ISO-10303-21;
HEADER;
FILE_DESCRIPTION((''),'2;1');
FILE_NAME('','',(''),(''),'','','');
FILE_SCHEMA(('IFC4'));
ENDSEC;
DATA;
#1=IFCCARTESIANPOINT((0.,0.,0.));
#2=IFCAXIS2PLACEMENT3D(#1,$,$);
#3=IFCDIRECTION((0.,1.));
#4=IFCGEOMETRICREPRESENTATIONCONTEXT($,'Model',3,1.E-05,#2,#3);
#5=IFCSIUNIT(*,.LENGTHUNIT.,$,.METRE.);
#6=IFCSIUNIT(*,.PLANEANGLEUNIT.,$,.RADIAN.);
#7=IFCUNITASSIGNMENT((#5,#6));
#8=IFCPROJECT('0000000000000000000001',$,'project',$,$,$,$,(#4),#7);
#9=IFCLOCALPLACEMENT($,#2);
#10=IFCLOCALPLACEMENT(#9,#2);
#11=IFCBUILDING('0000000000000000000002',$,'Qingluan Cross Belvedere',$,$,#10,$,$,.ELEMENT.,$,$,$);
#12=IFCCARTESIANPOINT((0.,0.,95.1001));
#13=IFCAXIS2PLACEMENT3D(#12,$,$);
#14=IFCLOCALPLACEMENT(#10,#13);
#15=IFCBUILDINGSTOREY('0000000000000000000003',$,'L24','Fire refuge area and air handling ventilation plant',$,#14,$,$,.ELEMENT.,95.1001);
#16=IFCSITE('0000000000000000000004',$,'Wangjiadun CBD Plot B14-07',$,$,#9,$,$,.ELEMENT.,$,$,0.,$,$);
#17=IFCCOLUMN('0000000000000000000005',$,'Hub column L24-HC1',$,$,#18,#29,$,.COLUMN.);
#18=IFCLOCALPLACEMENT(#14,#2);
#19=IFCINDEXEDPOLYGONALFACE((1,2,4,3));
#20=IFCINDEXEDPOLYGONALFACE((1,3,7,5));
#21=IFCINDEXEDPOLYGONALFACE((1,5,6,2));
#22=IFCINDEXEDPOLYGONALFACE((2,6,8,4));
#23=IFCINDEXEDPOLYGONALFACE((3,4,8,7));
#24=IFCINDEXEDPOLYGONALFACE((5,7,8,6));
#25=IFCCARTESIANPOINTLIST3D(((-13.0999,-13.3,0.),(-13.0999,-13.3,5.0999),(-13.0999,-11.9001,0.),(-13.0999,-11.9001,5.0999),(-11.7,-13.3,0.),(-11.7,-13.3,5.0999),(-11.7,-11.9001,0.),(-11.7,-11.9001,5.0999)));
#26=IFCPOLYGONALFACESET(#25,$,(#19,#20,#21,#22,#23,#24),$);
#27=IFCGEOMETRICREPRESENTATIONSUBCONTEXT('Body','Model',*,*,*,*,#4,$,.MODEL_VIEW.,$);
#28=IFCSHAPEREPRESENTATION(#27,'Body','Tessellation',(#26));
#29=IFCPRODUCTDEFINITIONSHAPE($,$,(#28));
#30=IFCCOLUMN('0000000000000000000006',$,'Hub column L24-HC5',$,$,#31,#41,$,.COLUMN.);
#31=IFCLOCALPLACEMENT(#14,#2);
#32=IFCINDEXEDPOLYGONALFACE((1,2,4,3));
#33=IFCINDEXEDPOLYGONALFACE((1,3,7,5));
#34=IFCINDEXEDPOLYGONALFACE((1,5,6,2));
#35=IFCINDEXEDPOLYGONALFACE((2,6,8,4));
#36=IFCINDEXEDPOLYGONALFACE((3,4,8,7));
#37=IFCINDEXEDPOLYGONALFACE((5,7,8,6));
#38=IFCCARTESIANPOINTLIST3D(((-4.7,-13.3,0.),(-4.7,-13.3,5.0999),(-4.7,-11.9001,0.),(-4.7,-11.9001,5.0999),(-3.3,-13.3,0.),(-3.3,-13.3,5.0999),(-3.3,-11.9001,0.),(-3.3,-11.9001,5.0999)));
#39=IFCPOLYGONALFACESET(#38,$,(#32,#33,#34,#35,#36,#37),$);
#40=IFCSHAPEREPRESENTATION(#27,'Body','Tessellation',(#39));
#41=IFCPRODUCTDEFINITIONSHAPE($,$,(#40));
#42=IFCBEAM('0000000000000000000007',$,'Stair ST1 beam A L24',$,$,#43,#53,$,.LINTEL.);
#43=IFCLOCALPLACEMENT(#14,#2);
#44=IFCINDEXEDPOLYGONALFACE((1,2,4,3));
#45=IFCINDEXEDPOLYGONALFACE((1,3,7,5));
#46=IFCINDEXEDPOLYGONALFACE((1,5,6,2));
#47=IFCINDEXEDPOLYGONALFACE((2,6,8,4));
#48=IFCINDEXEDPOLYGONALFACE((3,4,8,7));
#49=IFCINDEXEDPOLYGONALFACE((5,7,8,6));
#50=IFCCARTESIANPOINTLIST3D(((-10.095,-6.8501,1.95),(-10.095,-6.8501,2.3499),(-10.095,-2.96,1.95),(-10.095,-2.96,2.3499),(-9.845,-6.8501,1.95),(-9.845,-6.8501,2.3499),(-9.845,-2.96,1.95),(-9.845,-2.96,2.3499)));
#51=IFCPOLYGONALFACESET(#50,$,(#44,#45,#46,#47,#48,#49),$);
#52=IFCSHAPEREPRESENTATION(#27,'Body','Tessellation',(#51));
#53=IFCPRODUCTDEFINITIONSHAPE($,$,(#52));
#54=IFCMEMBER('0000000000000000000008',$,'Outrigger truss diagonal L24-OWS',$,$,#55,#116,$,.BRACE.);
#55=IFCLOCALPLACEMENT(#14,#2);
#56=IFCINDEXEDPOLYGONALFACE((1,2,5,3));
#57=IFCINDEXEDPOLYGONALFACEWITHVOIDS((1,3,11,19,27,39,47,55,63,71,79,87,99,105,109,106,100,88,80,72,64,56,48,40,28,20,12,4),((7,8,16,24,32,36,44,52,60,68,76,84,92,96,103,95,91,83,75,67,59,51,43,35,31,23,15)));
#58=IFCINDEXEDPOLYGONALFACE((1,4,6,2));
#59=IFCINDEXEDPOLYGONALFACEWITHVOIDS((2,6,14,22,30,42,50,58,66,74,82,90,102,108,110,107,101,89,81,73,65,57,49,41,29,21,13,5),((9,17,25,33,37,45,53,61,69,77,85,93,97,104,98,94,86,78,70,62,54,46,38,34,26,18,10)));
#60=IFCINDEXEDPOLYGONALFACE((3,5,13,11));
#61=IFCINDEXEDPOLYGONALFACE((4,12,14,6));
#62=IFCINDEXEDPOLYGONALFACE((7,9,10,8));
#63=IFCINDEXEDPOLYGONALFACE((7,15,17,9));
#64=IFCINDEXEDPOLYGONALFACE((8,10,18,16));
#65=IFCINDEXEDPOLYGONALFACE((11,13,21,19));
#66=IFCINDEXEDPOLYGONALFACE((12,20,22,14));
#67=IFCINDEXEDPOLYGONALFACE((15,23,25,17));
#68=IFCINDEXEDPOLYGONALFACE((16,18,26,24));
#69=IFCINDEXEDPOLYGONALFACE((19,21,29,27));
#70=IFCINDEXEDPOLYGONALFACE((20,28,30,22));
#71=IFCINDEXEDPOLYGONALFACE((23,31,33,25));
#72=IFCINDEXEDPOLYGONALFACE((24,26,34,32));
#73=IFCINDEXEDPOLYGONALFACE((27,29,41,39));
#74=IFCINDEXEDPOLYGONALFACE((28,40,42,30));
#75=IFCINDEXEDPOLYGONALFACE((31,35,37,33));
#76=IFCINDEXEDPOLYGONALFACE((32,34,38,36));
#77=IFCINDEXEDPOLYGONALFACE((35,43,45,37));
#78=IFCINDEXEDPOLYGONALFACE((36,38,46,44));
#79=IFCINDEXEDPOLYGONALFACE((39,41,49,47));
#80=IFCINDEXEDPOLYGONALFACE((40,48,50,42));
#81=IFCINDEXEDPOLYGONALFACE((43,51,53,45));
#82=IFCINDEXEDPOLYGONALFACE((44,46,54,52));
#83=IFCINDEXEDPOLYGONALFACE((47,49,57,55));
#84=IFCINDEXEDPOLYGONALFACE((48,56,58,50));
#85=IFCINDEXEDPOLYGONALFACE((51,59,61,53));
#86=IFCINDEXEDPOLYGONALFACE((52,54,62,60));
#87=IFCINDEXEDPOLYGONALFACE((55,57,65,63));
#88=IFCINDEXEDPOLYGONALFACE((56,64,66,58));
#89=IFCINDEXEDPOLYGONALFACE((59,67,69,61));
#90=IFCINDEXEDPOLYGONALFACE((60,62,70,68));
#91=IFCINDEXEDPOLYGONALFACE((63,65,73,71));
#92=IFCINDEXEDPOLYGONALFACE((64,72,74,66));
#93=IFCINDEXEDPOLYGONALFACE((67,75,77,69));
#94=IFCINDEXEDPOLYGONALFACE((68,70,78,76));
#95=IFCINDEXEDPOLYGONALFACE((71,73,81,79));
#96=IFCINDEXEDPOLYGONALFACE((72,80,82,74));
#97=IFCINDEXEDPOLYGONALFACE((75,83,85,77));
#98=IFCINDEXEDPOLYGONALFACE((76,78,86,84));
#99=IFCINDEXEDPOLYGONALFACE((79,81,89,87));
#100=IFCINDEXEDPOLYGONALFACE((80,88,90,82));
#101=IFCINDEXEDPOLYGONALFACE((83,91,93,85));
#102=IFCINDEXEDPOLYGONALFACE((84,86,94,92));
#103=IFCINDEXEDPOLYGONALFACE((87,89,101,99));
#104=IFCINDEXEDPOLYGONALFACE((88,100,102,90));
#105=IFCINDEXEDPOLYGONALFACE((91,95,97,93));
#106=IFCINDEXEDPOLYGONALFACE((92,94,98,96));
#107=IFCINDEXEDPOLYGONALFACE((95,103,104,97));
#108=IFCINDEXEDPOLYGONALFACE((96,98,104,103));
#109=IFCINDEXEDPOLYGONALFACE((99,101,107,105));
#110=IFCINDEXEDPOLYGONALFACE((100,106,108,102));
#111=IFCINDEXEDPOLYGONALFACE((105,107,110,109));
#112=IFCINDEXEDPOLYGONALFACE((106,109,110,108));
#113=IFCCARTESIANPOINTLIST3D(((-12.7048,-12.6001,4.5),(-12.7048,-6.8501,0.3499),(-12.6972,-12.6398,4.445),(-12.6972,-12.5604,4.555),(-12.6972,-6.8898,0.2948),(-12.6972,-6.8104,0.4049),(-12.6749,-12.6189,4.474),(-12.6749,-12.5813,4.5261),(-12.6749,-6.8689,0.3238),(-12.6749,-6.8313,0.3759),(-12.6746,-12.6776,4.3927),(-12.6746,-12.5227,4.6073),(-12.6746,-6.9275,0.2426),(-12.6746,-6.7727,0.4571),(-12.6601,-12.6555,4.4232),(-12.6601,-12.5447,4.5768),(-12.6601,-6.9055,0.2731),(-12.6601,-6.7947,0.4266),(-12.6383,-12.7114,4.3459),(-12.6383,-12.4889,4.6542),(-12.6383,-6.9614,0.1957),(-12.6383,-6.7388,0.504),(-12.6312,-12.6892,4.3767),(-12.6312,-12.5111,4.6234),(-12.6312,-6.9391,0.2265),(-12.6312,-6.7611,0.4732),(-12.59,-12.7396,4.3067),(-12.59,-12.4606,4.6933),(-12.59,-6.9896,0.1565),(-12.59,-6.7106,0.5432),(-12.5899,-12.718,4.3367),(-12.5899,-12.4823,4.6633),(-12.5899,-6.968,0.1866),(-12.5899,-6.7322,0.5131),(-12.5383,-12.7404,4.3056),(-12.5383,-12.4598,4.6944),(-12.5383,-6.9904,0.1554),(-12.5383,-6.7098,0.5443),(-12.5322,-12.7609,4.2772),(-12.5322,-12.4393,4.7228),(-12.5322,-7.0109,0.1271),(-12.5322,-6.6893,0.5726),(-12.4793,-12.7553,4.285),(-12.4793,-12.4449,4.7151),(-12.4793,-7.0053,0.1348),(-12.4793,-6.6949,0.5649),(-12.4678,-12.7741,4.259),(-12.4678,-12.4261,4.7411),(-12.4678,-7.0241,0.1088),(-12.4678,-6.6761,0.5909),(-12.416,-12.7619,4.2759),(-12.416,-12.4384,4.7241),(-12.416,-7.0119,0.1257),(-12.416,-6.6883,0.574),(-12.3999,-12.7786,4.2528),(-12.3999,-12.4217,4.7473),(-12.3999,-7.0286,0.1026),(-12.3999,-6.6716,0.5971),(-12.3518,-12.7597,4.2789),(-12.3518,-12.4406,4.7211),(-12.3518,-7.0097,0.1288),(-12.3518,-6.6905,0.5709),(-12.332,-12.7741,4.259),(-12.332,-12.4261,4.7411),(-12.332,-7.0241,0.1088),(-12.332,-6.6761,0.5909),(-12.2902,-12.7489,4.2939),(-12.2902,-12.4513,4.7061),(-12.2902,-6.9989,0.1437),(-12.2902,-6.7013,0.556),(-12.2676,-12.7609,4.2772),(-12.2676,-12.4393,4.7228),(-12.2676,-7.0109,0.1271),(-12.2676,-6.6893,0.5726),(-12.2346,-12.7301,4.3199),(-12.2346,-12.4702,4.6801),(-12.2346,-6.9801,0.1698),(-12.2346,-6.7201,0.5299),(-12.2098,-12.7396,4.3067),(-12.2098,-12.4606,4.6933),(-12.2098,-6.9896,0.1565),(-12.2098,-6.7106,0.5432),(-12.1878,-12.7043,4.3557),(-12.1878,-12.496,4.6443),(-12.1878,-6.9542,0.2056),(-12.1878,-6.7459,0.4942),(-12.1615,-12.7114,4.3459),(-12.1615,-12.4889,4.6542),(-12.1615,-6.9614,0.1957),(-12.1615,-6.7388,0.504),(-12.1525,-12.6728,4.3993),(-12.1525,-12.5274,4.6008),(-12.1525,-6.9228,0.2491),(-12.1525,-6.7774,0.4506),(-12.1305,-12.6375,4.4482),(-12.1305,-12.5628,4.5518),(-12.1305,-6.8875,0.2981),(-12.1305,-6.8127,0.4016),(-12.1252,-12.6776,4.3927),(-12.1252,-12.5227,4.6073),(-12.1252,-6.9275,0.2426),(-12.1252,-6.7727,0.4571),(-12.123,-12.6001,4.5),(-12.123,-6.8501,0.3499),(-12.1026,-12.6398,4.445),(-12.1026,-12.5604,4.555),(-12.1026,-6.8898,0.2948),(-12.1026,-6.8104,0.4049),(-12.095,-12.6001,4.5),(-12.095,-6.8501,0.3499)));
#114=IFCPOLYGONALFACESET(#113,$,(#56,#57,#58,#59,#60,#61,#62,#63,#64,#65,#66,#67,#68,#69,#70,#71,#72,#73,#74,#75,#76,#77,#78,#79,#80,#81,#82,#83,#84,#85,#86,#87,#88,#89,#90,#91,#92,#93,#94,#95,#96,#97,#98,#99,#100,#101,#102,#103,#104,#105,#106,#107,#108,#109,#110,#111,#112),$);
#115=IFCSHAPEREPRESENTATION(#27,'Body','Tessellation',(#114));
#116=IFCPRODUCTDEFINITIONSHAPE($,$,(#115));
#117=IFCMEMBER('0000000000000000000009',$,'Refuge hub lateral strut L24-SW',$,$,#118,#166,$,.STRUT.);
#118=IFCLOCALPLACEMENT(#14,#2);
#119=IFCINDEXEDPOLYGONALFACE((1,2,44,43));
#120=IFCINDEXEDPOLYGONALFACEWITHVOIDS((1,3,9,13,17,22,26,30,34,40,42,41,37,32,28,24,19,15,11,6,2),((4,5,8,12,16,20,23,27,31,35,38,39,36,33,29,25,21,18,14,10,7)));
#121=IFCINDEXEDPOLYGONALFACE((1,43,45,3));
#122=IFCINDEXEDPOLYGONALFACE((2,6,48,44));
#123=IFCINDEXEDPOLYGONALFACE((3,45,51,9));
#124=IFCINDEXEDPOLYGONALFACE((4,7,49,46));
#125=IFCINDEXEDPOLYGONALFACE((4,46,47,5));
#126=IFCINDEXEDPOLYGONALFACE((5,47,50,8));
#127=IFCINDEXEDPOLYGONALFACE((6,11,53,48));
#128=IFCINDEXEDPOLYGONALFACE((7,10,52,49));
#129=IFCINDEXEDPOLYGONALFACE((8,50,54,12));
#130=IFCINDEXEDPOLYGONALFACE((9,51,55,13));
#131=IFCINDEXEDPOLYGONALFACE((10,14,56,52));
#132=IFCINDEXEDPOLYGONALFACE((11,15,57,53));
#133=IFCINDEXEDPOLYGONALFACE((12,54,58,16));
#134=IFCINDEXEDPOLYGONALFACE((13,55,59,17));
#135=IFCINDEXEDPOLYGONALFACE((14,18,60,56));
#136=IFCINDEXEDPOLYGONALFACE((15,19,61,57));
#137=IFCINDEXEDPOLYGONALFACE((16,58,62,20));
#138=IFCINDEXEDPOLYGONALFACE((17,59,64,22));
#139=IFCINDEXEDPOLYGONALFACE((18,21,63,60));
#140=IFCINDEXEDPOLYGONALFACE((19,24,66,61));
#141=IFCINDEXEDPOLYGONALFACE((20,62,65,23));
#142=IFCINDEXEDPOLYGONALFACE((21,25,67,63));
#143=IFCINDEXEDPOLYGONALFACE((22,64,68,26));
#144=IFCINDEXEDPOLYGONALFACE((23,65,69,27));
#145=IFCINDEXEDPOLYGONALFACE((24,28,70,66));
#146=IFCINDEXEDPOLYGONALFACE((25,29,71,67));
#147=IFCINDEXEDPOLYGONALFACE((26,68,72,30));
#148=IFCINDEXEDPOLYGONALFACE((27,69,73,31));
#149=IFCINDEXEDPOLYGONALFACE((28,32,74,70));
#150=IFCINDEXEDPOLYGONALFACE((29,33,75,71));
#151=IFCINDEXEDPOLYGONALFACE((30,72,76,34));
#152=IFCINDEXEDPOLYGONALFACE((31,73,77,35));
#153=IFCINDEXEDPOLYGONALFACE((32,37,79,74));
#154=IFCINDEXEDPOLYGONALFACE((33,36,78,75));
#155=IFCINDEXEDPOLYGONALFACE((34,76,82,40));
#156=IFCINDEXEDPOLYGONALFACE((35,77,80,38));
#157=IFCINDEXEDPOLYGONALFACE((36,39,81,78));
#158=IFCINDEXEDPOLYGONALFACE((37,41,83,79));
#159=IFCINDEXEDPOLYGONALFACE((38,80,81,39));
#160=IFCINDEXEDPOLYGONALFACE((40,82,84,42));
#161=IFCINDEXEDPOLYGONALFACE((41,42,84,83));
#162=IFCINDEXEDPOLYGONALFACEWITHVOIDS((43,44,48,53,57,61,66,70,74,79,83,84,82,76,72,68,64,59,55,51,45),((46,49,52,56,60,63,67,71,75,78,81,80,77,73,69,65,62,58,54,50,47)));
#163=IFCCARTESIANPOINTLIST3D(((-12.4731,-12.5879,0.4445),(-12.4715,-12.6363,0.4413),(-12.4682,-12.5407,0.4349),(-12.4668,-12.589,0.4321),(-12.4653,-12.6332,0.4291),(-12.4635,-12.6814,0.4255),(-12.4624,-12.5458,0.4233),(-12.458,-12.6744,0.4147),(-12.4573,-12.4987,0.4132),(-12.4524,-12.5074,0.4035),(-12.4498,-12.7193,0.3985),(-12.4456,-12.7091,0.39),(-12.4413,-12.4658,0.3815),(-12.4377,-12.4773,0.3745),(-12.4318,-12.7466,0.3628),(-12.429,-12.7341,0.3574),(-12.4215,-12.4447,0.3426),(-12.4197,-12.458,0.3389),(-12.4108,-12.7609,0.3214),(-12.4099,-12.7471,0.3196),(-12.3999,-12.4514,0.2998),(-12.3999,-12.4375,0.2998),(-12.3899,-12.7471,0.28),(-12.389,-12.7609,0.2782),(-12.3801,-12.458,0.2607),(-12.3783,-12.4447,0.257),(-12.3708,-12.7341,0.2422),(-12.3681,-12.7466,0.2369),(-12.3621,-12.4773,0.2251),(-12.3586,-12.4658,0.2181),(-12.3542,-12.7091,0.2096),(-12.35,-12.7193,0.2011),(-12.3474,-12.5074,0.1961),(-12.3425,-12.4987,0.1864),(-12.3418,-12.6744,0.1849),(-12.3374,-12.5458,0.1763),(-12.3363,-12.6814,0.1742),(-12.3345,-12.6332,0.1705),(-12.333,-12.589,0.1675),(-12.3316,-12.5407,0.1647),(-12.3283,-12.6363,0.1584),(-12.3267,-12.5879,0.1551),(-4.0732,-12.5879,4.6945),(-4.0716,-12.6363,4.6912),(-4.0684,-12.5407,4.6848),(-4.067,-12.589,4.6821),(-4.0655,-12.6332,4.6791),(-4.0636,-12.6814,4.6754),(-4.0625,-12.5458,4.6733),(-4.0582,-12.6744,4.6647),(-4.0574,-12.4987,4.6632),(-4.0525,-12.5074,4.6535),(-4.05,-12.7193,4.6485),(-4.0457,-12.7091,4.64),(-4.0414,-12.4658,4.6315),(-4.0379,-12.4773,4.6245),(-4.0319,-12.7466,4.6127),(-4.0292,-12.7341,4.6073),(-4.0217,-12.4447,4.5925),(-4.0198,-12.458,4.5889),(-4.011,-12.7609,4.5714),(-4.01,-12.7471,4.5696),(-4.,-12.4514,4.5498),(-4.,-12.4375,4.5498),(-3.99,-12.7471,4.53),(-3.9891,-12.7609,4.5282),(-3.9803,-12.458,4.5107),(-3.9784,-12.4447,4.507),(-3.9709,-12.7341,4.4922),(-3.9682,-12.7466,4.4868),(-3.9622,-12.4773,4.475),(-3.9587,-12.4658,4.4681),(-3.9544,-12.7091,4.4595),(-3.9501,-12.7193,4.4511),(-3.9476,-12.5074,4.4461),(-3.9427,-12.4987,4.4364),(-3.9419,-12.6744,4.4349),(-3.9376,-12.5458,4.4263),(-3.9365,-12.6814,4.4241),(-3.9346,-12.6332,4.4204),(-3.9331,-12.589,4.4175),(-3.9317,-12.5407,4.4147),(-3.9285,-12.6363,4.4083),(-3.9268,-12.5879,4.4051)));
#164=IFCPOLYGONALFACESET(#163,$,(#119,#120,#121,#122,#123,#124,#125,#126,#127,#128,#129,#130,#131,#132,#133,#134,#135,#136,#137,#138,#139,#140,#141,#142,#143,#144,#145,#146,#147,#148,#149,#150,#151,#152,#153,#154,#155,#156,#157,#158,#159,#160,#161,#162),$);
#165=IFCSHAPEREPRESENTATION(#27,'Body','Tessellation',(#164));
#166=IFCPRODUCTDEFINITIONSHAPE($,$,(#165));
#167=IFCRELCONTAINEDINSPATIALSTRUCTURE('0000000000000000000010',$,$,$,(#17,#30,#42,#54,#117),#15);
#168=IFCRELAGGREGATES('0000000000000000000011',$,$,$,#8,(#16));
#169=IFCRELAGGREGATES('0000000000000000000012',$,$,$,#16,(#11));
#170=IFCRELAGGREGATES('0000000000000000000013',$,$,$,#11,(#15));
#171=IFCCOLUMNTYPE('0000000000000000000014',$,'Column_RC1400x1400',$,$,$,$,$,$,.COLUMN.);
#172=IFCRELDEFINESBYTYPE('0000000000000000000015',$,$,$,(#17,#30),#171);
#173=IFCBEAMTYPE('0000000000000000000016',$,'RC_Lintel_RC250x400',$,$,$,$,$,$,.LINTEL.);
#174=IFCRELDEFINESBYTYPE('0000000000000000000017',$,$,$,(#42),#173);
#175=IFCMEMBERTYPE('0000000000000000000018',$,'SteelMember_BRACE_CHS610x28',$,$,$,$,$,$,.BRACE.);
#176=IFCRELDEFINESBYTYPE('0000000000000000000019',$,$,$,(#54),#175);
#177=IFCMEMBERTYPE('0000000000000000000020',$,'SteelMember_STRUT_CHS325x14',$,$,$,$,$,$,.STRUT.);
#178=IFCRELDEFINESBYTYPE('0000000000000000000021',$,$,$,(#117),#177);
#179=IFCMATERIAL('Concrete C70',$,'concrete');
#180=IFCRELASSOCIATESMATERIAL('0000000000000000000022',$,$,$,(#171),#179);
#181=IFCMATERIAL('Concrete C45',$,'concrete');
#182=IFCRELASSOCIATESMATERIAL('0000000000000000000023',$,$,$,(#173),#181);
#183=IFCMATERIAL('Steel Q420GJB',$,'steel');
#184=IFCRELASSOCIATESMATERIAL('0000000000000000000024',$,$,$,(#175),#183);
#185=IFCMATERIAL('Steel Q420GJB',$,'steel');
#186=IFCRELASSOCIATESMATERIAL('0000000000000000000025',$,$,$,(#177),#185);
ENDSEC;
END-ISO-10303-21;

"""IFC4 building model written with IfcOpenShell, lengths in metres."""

from ifc_helpers import new_model, si_unit, direction, frame, origin, origin_2d, place, context, subcontext, project, spatial, rectangle, hollow_circle, extrude, material, material_profile, profile_set, type_object, element, save


model = new_model("IFC4")

# Units and contexts
model_context = context("Model", 3, precision=1e-05, world=origin(), true_north=direction((0.0, 1.0)))
body_context = subcontext(model_context, "Body", "Model", "MODEL_VIEW")
ifc_project = project(units=[si_unit("LENGTHUNIT", "METRE"), si_unit("PLANEANGLEUNIT", "RADIAN")], contexts=[model_context])

# Site, building, storey
site_placement = place(None, origin())
site = spatial("IfcSite", under=ifc_project, at=site_placement, Name="Wangjiadun CBD Plot B14-07", CompositionType="ELEMENT", RefElevation=0.0)
building_placement = place(site_placement, origin())
building = spatial("IfcBuilding", under=site, at=building_placement, Name="Qingluan Cross Belvedere", CompositionType="ELEMENT")
storey_placement = place(building_placement, frame((0.0, 0.0, 95.1001)))
storey = spatial("IfcBuildingStorey", under=building, at=storey_placement, Name="L24", Description="Fire refuge area and air handling ventilation plant", CompositionType="ELEMENT", Elevation=95.1001)

# Columns
ifc_material_1 = material(Name="Concrete C70", Category="concrete")
ifc_material_profile_1 = material_profile(ifc_material_1, rectangle(XDim=1.3999, YDim=1.3999, at=origin_2d()), Name="RC1400x1400")
ifc_profile_set_1 = profile_set([ifc_material_profile_1], Name="Concrete C70")
column_type = type_object("IfcColumnType", Name="Column_RC1400x1400", PredefinedType="COLUMN", material=ifc_profile_set_1)
for number, where, z_axis, x_axis, name in (
    (1, (-12.3999, -12.6001, 0.0), (0.0, 0.0, 1.0), (1.0, 0.0, 0.0), "Hub column L24-HC1"),
    (2, (-4.0, -12.6001, 0.0), (0.0, 0.0, 1.0), (1.0, 0.0, 0.0), "Hub column L24-HC5"),
):
    element("IfcColumn", number, at=place(storey_placement, frame(where, z_axis=z_axis, x_axis=x_axis)), inside=storey, type_object=column_type, Name=name, PredefinedType="COLUMN", context=body_context, shape_type="SweptSolid", body=[
        extrude(rectangle(XDim=1.3999, YDim=1.3999, at=origin_2d()), origin(), (0.0, 0.0, 1.0), 5.0999),
    ])

# Beam
ifc_material_2 = material(Name="Concrete C45", Category="concrete")
ifc_material_profile_2 = material_profile(ifc_material_2, rectangle(XDim=0.25, YDim=0.3999, at=origin_2d()), Name="RC250x400")
ifc_profile_set_2 = profile_set([ifc_material_profile_2], Name="Concrete C45")
beam_type_1 = type_object("IfcBeamType", Name="RC_Lintel_RC250x400", PredefinedType="LINTEL", material=ifc_profile_set_2)
beam_1_placement = place(storey_placement, frame((-9.97, -6.8501, 2.1499), z_axis=(0.0, 1.0, 0.0), x_axis=(-1.0, 0.0, 0.0)))
element("IfcBeam", 3, at=beam_1_placement, inside=storey, type_object=beam_type_1, Name="Stair ST1 beam A L24", PredefinedType="LINTEL", context=body_context, shape_type="SweptSolid", body=[
    extrude(rectangle(XDim=0.25, YDim=0.3999, at=origin_2d()), origin(), (0.0, 0.0, 1.0), 3.8901),
])

# Members
ifc_material_3 = material(Name="Steel Q420GJB", Category="steel")
ifc_material_profile_3 = material_profile(ifc_material_3, hollow_circle(Radius=0.3049, WallThickness=0.0281, at=origin_2d()), Name="CHS610x28")
ifc_profile_set_3 = profile_set([ifc_material_profile_3], Name="Steel Q420GJB")
member_type_1 = type_object("IfcMemberType", Name="SteelMember_BRACE_CHS610x28", PredefinedType="BRACE", material=ifc_profile_set_3)
member_1_placement = place(storey_placement, frame((-12.3999, -6.8501, 0.3499), z_axis=(0.0, -0.810855, 0.585247), x_axis=(1.0, 0.0, 0.0)))
element("IfcMember", 4, at=member_1_placement, inside=storey, type_object=member_type_1, Name="Outrigger truss diagonal L24-OWS", PredefinedType="BRACE", context=body_context, shape_type="SweptSolid", body=[
    extrude(hollow_circle(Radius=0.3049, WallThickness=0.0281, at=origin_2d()), origin(), (0.0, 0.0, 1.0), 7.0913),
])
ifc_material_4 = material(Name="Steel Q420GJB", Category="steel")
ifc_material_profile_4 = material_profile(ifc_material_4, hollow_circle(Radius=0.1626, WallThickness=0.0139, at=origin_2d()), Name="CHS325x14")
ifc_profile_set_4 = profile_set([ifc_material_profile_4], Name="Steel Q420GJB")
member_type_2 = type_object("IfcMemberType", Name="SteelMember_STRUT_CHS325x14", PredefinedType="STRUT", material=ifc_profile_set_4)
member_2_placement = place(storey_placement, frame((-12.3999, -12.6001, 0.2998), z_axis=(0.89229, 0.0, 0.451462), x_axis=(0.0, 1.0, 0.0)))
element("IfcMember", 5, at=member_2_placement, inside=storey, type_object=member_type_2, Name="Refuge hub lateral strut L24-SW", PredefinedType="STRUT", context=body_context, shape_type="SweptSolid", body=[
    extrude(hollow_circle(Radius=0.1626, WallThickness=0.0139, at=origin_2d()), origin(), (0.0, 0.0, 1.0), 9.4138),
])

save(model, "model.ifc")
